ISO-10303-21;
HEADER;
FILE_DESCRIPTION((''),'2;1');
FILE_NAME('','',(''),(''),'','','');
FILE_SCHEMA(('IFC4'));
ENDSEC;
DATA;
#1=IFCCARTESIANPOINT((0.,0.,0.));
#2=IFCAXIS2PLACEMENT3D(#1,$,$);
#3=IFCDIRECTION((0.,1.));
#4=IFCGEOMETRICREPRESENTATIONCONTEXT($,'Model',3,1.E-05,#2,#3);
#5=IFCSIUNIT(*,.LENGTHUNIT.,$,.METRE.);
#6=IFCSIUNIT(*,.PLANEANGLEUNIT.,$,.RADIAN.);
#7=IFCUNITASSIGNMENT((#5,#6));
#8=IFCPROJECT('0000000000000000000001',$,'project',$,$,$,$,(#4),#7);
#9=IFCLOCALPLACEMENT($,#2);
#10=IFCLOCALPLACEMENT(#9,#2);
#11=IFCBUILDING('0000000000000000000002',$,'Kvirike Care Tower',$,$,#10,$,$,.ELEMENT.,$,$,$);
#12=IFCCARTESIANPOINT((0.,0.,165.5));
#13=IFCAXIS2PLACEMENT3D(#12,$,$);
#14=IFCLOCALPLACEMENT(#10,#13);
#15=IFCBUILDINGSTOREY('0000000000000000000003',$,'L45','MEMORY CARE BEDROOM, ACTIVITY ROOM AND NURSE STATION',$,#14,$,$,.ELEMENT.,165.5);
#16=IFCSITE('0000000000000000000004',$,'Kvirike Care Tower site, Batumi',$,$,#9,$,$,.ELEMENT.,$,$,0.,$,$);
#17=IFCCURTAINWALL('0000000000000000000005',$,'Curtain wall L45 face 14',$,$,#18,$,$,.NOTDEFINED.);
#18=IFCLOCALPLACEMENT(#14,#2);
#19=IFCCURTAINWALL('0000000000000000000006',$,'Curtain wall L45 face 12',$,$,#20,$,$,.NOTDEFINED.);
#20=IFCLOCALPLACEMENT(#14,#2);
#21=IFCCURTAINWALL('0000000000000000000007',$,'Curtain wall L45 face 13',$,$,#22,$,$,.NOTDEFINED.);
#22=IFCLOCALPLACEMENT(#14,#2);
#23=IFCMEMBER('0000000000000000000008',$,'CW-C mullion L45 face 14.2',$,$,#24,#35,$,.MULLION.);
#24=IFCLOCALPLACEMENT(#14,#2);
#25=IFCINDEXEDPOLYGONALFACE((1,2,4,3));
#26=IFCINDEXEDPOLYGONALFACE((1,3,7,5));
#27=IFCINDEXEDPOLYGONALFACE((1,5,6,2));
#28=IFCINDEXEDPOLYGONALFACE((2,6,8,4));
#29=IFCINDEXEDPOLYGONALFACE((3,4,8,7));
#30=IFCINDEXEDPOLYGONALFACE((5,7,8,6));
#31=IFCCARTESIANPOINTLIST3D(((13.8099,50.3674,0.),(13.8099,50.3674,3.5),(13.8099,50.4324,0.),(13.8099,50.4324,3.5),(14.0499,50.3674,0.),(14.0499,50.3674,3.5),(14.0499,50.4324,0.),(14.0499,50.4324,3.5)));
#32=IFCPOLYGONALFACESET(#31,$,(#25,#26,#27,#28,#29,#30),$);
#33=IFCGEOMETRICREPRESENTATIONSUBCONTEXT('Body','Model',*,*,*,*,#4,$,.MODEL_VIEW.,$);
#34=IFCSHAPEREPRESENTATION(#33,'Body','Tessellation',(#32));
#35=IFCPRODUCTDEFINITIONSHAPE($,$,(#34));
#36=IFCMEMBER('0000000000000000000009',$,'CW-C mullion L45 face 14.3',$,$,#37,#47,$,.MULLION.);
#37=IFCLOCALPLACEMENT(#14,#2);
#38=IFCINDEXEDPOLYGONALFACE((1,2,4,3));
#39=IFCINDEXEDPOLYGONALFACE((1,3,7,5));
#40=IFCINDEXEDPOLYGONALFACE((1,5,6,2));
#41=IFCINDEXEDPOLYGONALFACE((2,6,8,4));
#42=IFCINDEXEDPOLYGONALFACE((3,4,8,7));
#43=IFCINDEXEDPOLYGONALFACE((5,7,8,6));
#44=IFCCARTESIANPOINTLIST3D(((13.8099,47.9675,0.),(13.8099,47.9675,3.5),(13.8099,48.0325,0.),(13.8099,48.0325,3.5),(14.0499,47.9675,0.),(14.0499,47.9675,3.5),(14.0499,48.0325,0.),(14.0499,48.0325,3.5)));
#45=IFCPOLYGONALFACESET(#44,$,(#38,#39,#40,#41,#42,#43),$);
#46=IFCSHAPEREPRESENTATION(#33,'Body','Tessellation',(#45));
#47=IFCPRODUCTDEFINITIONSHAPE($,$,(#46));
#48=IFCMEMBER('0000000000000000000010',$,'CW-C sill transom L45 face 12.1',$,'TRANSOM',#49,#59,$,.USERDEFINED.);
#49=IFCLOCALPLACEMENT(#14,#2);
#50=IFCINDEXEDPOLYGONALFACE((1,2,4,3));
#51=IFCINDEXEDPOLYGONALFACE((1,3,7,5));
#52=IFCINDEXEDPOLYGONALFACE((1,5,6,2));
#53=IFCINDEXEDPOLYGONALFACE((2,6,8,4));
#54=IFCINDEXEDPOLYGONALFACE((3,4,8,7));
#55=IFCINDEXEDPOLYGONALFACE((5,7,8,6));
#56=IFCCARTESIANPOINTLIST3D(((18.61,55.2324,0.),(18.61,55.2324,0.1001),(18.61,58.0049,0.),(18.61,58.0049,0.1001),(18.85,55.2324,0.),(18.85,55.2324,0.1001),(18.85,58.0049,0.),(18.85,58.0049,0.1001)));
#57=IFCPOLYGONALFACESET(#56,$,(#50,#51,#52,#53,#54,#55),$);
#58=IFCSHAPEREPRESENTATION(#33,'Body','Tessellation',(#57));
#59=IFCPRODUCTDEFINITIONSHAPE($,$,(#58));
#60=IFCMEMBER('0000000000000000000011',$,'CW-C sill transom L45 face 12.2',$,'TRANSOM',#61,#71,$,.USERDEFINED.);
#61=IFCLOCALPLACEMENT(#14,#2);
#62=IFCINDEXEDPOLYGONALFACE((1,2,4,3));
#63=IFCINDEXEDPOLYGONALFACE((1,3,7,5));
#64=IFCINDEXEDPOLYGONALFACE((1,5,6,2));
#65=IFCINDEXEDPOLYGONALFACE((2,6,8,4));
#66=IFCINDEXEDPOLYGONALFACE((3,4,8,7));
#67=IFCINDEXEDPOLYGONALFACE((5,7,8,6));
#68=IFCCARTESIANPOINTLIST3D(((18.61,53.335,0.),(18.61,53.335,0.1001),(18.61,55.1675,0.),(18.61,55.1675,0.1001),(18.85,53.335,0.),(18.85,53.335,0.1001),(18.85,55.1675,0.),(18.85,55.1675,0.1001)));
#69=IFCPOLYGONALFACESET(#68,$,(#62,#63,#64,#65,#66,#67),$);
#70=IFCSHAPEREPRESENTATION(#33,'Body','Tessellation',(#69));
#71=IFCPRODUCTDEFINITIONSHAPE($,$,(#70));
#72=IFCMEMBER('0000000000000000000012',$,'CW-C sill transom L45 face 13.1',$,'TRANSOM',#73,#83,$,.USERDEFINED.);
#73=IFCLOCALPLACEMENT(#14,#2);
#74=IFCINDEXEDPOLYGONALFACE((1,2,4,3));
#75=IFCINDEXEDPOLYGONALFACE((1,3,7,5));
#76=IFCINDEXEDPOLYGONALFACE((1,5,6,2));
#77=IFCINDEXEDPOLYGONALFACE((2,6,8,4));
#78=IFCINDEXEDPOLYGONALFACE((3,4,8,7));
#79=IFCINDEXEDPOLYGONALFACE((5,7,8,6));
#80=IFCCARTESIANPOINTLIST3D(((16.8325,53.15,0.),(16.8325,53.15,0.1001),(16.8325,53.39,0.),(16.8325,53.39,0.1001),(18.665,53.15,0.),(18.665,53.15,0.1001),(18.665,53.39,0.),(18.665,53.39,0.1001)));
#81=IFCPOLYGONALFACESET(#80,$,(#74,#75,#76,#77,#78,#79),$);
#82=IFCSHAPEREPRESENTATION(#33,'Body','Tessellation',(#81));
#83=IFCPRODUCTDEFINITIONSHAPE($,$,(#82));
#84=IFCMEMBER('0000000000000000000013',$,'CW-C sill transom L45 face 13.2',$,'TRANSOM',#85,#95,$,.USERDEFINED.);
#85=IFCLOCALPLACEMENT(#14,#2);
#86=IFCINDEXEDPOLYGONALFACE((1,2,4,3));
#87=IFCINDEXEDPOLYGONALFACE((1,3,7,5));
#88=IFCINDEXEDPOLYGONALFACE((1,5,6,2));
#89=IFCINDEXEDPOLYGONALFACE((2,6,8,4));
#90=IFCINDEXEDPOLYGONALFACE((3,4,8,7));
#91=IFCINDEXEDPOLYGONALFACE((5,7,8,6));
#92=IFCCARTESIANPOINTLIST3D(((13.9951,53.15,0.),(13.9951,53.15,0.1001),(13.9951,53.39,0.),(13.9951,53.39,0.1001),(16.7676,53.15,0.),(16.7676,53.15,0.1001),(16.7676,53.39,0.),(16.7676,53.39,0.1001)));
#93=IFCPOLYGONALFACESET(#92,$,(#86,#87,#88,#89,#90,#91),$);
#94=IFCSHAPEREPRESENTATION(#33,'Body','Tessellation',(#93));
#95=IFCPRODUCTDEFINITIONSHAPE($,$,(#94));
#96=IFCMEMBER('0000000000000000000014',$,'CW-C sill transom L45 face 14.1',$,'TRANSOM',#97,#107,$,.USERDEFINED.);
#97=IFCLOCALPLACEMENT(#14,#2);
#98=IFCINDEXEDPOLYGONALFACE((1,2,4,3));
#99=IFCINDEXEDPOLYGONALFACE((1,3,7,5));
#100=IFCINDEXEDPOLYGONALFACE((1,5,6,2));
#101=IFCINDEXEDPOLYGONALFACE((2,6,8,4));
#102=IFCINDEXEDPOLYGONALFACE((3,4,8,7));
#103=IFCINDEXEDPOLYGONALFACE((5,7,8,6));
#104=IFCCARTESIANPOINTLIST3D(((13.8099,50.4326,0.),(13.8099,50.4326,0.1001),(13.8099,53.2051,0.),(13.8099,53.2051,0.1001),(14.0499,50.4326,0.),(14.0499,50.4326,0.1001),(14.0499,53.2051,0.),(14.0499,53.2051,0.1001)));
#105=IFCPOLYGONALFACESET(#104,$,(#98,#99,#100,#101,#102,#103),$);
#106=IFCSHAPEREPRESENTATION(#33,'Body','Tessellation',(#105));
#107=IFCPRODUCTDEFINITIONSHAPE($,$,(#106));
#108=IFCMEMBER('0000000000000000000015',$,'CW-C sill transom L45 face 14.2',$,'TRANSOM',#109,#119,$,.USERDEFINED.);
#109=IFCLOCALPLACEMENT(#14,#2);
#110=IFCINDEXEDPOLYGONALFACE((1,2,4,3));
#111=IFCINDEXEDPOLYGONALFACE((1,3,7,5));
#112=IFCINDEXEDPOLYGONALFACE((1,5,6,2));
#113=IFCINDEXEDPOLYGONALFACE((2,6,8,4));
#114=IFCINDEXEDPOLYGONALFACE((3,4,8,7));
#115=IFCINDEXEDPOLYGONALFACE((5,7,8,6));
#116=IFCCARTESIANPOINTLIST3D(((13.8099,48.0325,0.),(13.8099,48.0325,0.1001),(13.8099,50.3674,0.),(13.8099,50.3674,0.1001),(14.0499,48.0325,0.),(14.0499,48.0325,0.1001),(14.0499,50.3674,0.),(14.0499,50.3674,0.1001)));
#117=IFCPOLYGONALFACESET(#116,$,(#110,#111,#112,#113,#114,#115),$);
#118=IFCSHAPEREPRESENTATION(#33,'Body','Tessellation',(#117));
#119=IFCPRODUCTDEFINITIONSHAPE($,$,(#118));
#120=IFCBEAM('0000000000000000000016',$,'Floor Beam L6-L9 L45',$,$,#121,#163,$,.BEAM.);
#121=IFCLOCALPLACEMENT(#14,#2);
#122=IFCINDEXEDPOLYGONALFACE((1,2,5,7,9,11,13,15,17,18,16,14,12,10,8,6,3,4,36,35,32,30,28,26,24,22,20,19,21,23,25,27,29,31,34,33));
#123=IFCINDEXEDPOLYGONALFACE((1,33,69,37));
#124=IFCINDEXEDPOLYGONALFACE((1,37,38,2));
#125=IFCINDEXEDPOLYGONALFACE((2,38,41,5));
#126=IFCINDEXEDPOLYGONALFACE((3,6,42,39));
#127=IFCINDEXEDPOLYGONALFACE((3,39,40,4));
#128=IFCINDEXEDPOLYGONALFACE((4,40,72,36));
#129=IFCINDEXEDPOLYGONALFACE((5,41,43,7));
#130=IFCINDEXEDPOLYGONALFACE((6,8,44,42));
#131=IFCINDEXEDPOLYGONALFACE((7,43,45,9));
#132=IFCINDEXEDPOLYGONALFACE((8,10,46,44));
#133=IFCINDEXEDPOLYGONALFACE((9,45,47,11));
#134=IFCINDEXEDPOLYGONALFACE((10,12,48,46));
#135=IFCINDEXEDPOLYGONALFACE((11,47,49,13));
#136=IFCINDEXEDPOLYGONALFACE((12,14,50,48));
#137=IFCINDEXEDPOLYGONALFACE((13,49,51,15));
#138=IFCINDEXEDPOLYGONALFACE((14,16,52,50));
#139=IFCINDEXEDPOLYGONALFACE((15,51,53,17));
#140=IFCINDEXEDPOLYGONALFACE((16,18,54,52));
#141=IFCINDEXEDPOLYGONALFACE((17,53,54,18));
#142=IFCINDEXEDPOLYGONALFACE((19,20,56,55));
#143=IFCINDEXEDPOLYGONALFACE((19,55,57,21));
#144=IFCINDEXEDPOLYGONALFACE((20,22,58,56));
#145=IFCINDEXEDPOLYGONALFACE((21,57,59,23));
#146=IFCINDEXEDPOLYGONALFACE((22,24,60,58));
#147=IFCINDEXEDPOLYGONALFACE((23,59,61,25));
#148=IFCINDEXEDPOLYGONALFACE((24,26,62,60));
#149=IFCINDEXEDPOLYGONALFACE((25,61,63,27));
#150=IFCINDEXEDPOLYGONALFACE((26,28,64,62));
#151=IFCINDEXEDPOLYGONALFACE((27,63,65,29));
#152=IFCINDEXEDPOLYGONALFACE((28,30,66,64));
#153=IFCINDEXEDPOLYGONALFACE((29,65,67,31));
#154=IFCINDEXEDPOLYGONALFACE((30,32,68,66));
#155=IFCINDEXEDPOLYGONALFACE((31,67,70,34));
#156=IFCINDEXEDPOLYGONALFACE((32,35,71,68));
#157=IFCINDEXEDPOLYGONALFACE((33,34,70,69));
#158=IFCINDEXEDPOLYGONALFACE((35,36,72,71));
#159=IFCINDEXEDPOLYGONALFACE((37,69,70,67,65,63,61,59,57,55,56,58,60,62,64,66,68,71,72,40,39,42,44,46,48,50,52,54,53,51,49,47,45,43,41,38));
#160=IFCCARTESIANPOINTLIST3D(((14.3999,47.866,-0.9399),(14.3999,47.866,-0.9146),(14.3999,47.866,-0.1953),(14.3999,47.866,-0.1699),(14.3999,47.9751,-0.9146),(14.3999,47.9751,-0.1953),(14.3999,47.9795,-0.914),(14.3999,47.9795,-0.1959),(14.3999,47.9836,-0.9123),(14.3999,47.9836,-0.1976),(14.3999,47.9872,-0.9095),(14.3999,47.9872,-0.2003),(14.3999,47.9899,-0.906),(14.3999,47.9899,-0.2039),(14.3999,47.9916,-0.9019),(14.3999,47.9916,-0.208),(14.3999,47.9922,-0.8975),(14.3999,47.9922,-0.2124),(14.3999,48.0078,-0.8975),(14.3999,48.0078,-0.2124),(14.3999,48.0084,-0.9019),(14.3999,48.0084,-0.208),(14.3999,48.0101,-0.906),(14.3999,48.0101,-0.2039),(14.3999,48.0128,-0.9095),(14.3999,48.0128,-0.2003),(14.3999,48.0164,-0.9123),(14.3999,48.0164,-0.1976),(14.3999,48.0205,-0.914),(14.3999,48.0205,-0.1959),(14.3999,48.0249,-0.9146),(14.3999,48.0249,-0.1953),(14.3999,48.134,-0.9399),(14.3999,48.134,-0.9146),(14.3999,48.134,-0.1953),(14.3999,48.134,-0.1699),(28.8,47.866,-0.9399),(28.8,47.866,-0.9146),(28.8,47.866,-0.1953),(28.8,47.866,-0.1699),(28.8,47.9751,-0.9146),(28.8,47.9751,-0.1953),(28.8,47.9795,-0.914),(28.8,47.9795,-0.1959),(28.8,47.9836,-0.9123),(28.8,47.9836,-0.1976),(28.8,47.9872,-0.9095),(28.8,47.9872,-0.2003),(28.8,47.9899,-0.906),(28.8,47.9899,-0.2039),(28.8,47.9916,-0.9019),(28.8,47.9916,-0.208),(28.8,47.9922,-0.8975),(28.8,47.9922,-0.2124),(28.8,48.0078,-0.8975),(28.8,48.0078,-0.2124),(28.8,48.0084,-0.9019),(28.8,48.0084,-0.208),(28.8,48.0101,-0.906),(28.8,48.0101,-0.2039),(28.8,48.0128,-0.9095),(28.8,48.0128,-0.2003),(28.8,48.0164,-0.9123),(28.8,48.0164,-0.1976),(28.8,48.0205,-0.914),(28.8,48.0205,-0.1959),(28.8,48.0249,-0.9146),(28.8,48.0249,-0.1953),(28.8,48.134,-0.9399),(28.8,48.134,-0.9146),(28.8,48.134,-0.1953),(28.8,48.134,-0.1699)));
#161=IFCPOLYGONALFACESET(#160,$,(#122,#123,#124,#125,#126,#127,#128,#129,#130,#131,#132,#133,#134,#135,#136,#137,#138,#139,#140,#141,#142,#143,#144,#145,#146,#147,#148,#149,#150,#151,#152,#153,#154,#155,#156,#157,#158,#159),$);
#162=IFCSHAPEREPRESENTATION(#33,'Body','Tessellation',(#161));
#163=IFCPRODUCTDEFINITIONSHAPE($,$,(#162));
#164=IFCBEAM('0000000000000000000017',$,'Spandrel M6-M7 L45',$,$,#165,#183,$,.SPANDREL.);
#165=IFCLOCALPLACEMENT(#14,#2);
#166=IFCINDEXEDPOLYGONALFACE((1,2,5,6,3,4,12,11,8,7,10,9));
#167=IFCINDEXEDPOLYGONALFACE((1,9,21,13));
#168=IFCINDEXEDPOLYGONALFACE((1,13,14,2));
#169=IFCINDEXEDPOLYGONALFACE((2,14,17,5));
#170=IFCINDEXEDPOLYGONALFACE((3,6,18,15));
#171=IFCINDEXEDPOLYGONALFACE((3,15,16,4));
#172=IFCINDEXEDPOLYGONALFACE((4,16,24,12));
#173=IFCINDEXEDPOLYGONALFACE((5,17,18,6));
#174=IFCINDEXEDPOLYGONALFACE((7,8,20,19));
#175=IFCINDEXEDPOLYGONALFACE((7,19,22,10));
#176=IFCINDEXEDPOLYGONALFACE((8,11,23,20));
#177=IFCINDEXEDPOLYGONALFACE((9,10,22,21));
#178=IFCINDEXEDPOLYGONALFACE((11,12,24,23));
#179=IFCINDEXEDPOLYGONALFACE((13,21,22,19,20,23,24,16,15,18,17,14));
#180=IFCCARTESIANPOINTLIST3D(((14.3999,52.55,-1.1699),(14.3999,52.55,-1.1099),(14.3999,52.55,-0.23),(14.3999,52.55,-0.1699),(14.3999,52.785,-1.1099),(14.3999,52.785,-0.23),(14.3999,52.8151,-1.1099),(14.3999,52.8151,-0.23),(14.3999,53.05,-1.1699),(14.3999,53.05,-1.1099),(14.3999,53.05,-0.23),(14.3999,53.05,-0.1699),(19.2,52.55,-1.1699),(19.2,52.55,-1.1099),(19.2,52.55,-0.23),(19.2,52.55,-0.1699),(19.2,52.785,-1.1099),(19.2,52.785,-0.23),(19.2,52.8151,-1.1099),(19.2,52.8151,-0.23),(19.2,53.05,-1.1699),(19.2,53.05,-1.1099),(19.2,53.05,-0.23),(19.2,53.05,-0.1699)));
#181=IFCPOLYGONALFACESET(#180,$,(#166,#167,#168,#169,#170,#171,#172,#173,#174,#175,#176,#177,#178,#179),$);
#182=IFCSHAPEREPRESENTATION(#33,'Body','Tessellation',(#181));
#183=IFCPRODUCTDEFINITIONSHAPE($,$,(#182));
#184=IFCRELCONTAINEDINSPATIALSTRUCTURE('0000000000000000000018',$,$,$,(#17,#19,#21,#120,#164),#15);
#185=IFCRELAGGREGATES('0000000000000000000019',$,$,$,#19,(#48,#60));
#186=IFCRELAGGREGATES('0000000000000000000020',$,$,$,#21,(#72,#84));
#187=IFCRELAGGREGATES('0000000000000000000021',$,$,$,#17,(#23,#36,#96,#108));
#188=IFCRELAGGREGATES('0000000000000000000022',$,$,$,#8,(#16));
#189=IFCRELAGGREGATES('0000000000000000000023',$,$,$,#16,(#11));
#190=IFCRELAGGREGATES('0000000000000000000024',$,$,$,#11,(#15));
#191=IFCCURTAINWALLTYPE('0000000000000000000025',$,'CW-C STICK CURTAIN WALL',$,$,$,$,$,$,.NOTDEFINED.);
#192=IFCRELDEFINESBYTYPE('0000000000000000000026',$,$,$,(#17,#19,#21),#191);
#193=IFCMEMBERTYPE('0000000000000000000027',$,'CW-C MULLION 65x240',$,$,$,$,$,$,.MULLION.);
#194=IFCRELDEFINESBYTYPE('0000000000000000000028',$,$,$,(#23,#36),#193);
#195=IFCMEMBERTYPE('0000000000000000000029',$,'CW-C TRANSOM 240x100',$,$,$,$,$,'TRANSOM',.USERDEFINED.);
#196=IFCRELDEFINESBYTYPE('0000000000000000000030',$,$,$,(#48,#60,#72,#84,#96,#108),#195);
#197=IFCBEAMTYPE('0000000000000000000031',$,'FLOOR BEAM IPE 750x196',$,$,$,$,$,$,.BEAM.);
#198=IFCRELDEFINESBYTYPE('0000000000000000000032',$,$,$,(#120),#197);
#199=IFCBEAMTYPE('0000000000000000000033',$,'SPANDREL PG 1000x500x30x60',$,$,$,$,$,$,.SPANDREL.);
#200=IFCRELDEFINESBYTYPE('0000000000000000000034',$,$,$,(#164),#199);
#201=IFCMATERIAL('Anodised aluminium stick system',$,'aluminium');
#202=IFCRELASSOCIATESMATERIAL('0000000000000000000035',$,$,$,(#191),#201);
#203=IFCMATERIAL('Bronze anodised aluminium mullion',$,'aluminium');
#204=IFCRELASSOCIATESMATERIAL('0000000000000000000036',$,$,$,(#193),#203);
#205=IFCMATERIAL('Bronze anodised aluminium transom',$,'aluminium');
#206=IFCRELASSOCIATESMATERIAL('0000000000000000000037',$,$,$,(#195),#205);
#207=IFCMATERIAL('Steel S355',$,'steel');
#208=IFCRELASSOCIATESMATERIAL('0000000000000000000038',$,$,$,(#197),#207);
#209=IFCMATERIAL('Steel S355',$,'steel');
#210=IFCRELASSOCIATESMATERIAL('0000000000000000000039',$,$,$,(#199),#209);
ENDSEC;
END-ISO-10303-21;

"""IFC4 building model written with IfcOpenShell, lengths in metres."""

from ifc_helpers import new_model, si_unit, direction, frame, origin, origin_2d, place, context, subcontext, project, spatial, rectangle, i_section, extrude, material, material_profile, profile_set, type_object, element, aggregate, save


model = new_model("IFC4")

# Units and contexts
model_context = context("Model", 3, precision=1e-05, world=origin(), true_north=direction((0.0, 1.0)))
body_context = subcontext(model_context, "Body", "Model", "MODEL_VIEW")
ifc_project = project(units=[si_unit("LENGTHUNIT", "METRE"), si_unit("PLANEANGLEUNIT", "RADIAN")], contexts=[model_context])

# Site, building, storey
site_placement = place(None, origin())
site = spatial("IfcSite", under=ifc_project, at=site_placement, Name="Kvirike Care Tower site, Batumi", CompositionType="ELEMENT", RefElevation=0.0)
building_placement = place(site_placement, origin())
building = spatial("IfcBuilding", under=site, at=building_placement, Name="Kvirike Care Tower", CompositionType="ELEMENT")
storey_placement = place(building_placement, frame((0.0, 0.0, 165.5)))
storey = spatial("IfcBuildingStorey", under=building, at=storey_placement, Name="L45", Description="MEMORY CARE BEDROOM, ACTIVITY ROOM AND NURSE STATION", CompositionType="ELEMENT", Elevation=165.5)

# Curtain wall
ifc_material_1 = material(Name="Anodised aluminium stick system", Category="aluminium")
curtain_wall_type = type_object("IfcCurtainWallType", Name="CW-C STICK CURTAIN WALL", PredefinedType="NOTDEFINED", material=ifc_material_1)
curtain_wall_1_placement = place(storey_placement, origin())
curtain_wall_1 = element("IfcCurtainWall", 1, at=curtain_wall_1_placement, inside=storey, type_object=curtain_wall_type, Name="Curtain wall L45 face 14", PredefinedType="NOTDEFINED")
ifc_material_2 = material(Name="Bronze anodised aluminium mullion", Category="aluminium")
ifc_material_profile_1 = material_profile(ifc_material_2, rectangle(XDim=0.0649, YDim=0.24, at=origin_2d()), Name="CW-C MULLION 65x240")
ifc_profile_set_1 = profile_set([ifc_material_profile_1], Name="Bronze anodised aluminium mullion")
member_type_1 = type_object("IfcMemberType", Name="CW-C MULLION 65x240", PredefinedType="MULLION", material=ifc_profile_set_1)

# Curtain walls
curtain_wall_2_placement = place(storey_placement, origin())
curtain_wall_2 = element("IfcCurtainWall", 2, at=curtain_wall_2_placement, inside=storey, type_object=curtain_wall_type, Name="Curtain wall L45 face 12", PredefinedType="NOTDEFINED")
curtain_wall_3_placement = place(storey_placement, origin())
curtain_wall_3 = element("IfcCurtainWall", 3, at=curtain_wall_3_placement, inside=storey, type_object=curtain_wall_type, Name="Curtain wall L45 face 13", PredefinedType="NOTDEFINED")

# Members
member_1_placement = place(storey_placement, frame((13.9299, 50.3999, 0.0), z_axis=(0.0, 0.0, 1.0), x_axis=(0.0, -1.0, 0.0)))
member_1 = element("IfcMember", 4, at=member_1_placement, type_object=member_type_1, Name="CW-C mullion L45 face 14.2", PredefinedType="MULLION", context=body_context, shape_type="SweptSolid", body=[
    extrude(rectangle(XDim=0.0649, YDim=0.24, at=origin_2d()), origin(), (0.0, 0.0, 1.0), 3.5),
])
member_2_placement = place(storey_placement, frame((13.9299, 48.0, 0.0), z_axis=(0.0, 0.0, 1.0), x_axis=(0.0, -1.0, 0.0)))
member_2 = element("IfcMember", 5, at=member_2_placement, type_object=member_type_1, Name="CW-C mullion L45 face 14.3", PredefinedType="MULLION", context=body_context, shape_type="SweptSolid", body=[
    extrude(rectangle(XDim=0.0649, YDim=0.24, at=origin_2d()), origin(), (0.0, 0.0, 1.0), 3.5),
])
ifc_material_3 = material(Name="Bronze anodised aluminium transom", Category="aluminium")
ifc_material_profile_2 = material_profile(ifc_material_3, rectangle(XDim=0.24, YDim=0.1001, at=origin_2d()), Name="CW-C TRANSOM 240x100")
ifc_profile_set_2 = profile_set([ifc_material_profile_2], Name="Bronze anodised aluminium transom")
member_type_2 = type_object("IfcMemberType", Name="CW-C TRANSOM 240x100", ElementType="TRANSOM", PredefinedType="USERDEFINED", material=ifc_profile_set_2)
member_3_placement = place(storey_placement, frame((18.73, 58.0049, 0.05), z_axis=(0.0, -1.0, 0.0), x_axis=(1.0, 0.0, 0.0)))
member_3 = element("IfcMember", 6, at=member_3_placement, type_object=member_type_2, Name="CW-C sill transom L45 face 12.1", ObjectType="TRANSOM", PredefinedType="USERDEFINED", context=body_context, shape_type="SweptSolid", body=[
    extrude(rectangle(XDim=0.24, YDim=0.1001, at=origin_2d()), origin(), (0.0, 0.0, 1.0), 2.7725),
])
member_4_placement = place(storey_placement, frame((18.73, 55.1675, 0.05), z_axis=(0.0, -1.0, 0.0), x_axis=(1.0, 0.0, 0.0)))
member_4 = element("IfcMember", 7, at=member_4_placement, type_object=member_type_2, Name="CW-C sill transom L45 face 12.2", ObjectType="TRANSOM", PredefinedType="USERDEFINED", context=body_context, shape_type="SweptSolid", body=[
    extrude(rectangle(XDim=0.24, YDim=0.1001, at=origin_2d()), origin(), (0.0, 0.0, 1.0), 1.8325),
])
member_5_placement = place(storey_placement, frame((18.665, 53.27, 0.05), z_axis=(-1.0, 0.0, 0.0), x_axis=(0.0, -1.0, 0.0)))
member_5 = element("IfcMember", 8, at=member_5_placement, type_object=member_type_2, Name="CW-C sill transom L45 face 13.1", ObjectType="TRANSOM", PredefinedType="USERDEFINED", context=body_context, shape_type="SweptSolid", body=[
    extrude(rectangle(XDim=0.24, YDim=0.1001, at=origin_2d()), origin(), (0.0, 0.0, 1.0), 1.8325),
])
member_6_placement = place(storey_placement, frame((16.7676, 53.27, 0.05), z_axis=(-1.0, 0.0, 0.0), x_axis=(0.0, -1.0, 0.0)))
member_6 = element("IfcMember", 9, at=member_6_placement, type_object=member_type_2, Name="CW-C sill transom L45 face 13.2", ObjectType="TRANSOM", PredefinedType="USERDEFINED", context=body_context, shape_type="SweptSolid", body=[
    extrude(rectangle(XDim=0.24, YDim=0.1001, at=origin_2d()), origin(), (0.0, 0.0, 1.0), 2.7725),
])
member_7_placement = place(storey_placement, frame((13.9299, 53.2051, 0.05), z_axis=(0.0, -1.0, 0.0), x_axis=(1.0, 0.0, 0.0)))
member_7 = element("IfcMember", 10, at=member_7_placement, type_object=member_type_2, Name="CW-C sill transom L45 face 14.1", ObjectType="TRANSOM", PredefinedType="USERDEFINED", context=body_context, shape_type="SweptSolid", body=[
    extrude(rectangle(XDim=0.24, YDim=0.1001, at=origin_2d()), origin(), (0.0, 0.0, 1.0), 2.7725),
])
member_8_placement = place(storey_placement, frame((13.9299, 50.3674, 0.05), z_axis=(0.0, -1.0, 0.0), x_axis=(1.0, 0.0, 0.0)))
member_8 = element("IfcMember", 11, at=member_8_placement, type_object=member_type_2, Name="CW-C sill transom L45 face 14.2", ObjectType="TRANSOM", PredefinedType="USERDEFINED", context=body_context, shape_type="SweptSolid", body=[
    extrude(rectangle(XDim=0.24, YDim=0.1001, at=origin_2d()), origin(), (0.0, 0.0, 1.0), 2.335),
])

# Beams
ifc_material_4 = material(Name="Steel S355", Category="steel")
ifc_material_profile_3 = material_profile(ifc_material_4, i_section(OverallWidth=0.2681, OverallDepth=0.77, WebThickness=0.0156, FlangeThickness=0.0254, FilletRadius=0.0171, at=origin_2d()), Name="IPE 750x196")
ifc_profile_set_3 = profile_set([ifc_material_profile_3], Name="Steel S355")
beam_type_1 = type_object("IfcBeamType", Name="FLOOR BEAM IPE 750x196", PredefinedType="BEAM", material=ifc_profile_set_3)
beam_placement = place(storey_placement, frame((14.3999, 48.0, -0.5549), z_axis=(1.0, 0.0, 0.0), x_axis=(0.0, 1.0, 0.0)))
element("IfcBeam", 12, at=beam_placement, inside=storey, type_object=beam_type_1, Name="Floor Beam L6-L9 L45", PredefinedType="BEAM", context=body_context, shape_type="SweptSolid", body=[
    extrude(i_section(OverallWidth=0.2681, OverallDepth=0.77, WebThickness=0.0156, FlangeThickness=0.0254, FilletRadius=0.0171, at=origin_2d()), origin(), (0.0, 0.0, 1.0), 14.4001),
])
ifc_material_5 = material(Name="Steel S355", Category="steel")
ifc_material_profile_4 = material_profile(ifc_material_5, i_section(OverallWidth=0.5, OverallDepth=1.0, WebThickness=0.03, FlangeThickness=0.0601, at=origin_2d()), Name="PG 1000x500x30x60")
ifc_profile_set_4 = profile_set([ifc_material_profile_4], Name="Steel S355")
beam_type_2 = type_object("IfcBeamType", Name="SPANDREL PG 1000x500x30x60", PredefinedType="SPANDREL", material=ifc_profile_set_4)
for number, where, z_axis, x_axis, name in (
    (13, (14.3999, 52.8, -0.6699), (1.0, 0.0, 0.0), (0.0, 1.0, 0.0), "Spandrel M6-M7 L45"),
):
    element("IfcBeam", number, at=place(storey_placement, frame(where, z_axis=z_axis, x_axis=x_axis)), inside=storey, type_object=beam_type_2, Name=name, PredefinedType="SPANDREL", context=body_context, shape_type="SweptSolid", body=[
        extrude(i_section(OverallWidth=0.5, OverallDepth=1.0, WebThickness=0.03, FlangeThickness=0.0601, at=origin_2d()), origin(), (0.0, 0.0, 1.0), 4.8),
    ])

aggregate(curtain_wall_2, [member_3, member_4])
aggregate(curtain_wall_3, [member_5, member_6])
aggregate(curtain_wall_1, [member_1, member_2, member_7, member_8])

save(model, "model.ifc")
